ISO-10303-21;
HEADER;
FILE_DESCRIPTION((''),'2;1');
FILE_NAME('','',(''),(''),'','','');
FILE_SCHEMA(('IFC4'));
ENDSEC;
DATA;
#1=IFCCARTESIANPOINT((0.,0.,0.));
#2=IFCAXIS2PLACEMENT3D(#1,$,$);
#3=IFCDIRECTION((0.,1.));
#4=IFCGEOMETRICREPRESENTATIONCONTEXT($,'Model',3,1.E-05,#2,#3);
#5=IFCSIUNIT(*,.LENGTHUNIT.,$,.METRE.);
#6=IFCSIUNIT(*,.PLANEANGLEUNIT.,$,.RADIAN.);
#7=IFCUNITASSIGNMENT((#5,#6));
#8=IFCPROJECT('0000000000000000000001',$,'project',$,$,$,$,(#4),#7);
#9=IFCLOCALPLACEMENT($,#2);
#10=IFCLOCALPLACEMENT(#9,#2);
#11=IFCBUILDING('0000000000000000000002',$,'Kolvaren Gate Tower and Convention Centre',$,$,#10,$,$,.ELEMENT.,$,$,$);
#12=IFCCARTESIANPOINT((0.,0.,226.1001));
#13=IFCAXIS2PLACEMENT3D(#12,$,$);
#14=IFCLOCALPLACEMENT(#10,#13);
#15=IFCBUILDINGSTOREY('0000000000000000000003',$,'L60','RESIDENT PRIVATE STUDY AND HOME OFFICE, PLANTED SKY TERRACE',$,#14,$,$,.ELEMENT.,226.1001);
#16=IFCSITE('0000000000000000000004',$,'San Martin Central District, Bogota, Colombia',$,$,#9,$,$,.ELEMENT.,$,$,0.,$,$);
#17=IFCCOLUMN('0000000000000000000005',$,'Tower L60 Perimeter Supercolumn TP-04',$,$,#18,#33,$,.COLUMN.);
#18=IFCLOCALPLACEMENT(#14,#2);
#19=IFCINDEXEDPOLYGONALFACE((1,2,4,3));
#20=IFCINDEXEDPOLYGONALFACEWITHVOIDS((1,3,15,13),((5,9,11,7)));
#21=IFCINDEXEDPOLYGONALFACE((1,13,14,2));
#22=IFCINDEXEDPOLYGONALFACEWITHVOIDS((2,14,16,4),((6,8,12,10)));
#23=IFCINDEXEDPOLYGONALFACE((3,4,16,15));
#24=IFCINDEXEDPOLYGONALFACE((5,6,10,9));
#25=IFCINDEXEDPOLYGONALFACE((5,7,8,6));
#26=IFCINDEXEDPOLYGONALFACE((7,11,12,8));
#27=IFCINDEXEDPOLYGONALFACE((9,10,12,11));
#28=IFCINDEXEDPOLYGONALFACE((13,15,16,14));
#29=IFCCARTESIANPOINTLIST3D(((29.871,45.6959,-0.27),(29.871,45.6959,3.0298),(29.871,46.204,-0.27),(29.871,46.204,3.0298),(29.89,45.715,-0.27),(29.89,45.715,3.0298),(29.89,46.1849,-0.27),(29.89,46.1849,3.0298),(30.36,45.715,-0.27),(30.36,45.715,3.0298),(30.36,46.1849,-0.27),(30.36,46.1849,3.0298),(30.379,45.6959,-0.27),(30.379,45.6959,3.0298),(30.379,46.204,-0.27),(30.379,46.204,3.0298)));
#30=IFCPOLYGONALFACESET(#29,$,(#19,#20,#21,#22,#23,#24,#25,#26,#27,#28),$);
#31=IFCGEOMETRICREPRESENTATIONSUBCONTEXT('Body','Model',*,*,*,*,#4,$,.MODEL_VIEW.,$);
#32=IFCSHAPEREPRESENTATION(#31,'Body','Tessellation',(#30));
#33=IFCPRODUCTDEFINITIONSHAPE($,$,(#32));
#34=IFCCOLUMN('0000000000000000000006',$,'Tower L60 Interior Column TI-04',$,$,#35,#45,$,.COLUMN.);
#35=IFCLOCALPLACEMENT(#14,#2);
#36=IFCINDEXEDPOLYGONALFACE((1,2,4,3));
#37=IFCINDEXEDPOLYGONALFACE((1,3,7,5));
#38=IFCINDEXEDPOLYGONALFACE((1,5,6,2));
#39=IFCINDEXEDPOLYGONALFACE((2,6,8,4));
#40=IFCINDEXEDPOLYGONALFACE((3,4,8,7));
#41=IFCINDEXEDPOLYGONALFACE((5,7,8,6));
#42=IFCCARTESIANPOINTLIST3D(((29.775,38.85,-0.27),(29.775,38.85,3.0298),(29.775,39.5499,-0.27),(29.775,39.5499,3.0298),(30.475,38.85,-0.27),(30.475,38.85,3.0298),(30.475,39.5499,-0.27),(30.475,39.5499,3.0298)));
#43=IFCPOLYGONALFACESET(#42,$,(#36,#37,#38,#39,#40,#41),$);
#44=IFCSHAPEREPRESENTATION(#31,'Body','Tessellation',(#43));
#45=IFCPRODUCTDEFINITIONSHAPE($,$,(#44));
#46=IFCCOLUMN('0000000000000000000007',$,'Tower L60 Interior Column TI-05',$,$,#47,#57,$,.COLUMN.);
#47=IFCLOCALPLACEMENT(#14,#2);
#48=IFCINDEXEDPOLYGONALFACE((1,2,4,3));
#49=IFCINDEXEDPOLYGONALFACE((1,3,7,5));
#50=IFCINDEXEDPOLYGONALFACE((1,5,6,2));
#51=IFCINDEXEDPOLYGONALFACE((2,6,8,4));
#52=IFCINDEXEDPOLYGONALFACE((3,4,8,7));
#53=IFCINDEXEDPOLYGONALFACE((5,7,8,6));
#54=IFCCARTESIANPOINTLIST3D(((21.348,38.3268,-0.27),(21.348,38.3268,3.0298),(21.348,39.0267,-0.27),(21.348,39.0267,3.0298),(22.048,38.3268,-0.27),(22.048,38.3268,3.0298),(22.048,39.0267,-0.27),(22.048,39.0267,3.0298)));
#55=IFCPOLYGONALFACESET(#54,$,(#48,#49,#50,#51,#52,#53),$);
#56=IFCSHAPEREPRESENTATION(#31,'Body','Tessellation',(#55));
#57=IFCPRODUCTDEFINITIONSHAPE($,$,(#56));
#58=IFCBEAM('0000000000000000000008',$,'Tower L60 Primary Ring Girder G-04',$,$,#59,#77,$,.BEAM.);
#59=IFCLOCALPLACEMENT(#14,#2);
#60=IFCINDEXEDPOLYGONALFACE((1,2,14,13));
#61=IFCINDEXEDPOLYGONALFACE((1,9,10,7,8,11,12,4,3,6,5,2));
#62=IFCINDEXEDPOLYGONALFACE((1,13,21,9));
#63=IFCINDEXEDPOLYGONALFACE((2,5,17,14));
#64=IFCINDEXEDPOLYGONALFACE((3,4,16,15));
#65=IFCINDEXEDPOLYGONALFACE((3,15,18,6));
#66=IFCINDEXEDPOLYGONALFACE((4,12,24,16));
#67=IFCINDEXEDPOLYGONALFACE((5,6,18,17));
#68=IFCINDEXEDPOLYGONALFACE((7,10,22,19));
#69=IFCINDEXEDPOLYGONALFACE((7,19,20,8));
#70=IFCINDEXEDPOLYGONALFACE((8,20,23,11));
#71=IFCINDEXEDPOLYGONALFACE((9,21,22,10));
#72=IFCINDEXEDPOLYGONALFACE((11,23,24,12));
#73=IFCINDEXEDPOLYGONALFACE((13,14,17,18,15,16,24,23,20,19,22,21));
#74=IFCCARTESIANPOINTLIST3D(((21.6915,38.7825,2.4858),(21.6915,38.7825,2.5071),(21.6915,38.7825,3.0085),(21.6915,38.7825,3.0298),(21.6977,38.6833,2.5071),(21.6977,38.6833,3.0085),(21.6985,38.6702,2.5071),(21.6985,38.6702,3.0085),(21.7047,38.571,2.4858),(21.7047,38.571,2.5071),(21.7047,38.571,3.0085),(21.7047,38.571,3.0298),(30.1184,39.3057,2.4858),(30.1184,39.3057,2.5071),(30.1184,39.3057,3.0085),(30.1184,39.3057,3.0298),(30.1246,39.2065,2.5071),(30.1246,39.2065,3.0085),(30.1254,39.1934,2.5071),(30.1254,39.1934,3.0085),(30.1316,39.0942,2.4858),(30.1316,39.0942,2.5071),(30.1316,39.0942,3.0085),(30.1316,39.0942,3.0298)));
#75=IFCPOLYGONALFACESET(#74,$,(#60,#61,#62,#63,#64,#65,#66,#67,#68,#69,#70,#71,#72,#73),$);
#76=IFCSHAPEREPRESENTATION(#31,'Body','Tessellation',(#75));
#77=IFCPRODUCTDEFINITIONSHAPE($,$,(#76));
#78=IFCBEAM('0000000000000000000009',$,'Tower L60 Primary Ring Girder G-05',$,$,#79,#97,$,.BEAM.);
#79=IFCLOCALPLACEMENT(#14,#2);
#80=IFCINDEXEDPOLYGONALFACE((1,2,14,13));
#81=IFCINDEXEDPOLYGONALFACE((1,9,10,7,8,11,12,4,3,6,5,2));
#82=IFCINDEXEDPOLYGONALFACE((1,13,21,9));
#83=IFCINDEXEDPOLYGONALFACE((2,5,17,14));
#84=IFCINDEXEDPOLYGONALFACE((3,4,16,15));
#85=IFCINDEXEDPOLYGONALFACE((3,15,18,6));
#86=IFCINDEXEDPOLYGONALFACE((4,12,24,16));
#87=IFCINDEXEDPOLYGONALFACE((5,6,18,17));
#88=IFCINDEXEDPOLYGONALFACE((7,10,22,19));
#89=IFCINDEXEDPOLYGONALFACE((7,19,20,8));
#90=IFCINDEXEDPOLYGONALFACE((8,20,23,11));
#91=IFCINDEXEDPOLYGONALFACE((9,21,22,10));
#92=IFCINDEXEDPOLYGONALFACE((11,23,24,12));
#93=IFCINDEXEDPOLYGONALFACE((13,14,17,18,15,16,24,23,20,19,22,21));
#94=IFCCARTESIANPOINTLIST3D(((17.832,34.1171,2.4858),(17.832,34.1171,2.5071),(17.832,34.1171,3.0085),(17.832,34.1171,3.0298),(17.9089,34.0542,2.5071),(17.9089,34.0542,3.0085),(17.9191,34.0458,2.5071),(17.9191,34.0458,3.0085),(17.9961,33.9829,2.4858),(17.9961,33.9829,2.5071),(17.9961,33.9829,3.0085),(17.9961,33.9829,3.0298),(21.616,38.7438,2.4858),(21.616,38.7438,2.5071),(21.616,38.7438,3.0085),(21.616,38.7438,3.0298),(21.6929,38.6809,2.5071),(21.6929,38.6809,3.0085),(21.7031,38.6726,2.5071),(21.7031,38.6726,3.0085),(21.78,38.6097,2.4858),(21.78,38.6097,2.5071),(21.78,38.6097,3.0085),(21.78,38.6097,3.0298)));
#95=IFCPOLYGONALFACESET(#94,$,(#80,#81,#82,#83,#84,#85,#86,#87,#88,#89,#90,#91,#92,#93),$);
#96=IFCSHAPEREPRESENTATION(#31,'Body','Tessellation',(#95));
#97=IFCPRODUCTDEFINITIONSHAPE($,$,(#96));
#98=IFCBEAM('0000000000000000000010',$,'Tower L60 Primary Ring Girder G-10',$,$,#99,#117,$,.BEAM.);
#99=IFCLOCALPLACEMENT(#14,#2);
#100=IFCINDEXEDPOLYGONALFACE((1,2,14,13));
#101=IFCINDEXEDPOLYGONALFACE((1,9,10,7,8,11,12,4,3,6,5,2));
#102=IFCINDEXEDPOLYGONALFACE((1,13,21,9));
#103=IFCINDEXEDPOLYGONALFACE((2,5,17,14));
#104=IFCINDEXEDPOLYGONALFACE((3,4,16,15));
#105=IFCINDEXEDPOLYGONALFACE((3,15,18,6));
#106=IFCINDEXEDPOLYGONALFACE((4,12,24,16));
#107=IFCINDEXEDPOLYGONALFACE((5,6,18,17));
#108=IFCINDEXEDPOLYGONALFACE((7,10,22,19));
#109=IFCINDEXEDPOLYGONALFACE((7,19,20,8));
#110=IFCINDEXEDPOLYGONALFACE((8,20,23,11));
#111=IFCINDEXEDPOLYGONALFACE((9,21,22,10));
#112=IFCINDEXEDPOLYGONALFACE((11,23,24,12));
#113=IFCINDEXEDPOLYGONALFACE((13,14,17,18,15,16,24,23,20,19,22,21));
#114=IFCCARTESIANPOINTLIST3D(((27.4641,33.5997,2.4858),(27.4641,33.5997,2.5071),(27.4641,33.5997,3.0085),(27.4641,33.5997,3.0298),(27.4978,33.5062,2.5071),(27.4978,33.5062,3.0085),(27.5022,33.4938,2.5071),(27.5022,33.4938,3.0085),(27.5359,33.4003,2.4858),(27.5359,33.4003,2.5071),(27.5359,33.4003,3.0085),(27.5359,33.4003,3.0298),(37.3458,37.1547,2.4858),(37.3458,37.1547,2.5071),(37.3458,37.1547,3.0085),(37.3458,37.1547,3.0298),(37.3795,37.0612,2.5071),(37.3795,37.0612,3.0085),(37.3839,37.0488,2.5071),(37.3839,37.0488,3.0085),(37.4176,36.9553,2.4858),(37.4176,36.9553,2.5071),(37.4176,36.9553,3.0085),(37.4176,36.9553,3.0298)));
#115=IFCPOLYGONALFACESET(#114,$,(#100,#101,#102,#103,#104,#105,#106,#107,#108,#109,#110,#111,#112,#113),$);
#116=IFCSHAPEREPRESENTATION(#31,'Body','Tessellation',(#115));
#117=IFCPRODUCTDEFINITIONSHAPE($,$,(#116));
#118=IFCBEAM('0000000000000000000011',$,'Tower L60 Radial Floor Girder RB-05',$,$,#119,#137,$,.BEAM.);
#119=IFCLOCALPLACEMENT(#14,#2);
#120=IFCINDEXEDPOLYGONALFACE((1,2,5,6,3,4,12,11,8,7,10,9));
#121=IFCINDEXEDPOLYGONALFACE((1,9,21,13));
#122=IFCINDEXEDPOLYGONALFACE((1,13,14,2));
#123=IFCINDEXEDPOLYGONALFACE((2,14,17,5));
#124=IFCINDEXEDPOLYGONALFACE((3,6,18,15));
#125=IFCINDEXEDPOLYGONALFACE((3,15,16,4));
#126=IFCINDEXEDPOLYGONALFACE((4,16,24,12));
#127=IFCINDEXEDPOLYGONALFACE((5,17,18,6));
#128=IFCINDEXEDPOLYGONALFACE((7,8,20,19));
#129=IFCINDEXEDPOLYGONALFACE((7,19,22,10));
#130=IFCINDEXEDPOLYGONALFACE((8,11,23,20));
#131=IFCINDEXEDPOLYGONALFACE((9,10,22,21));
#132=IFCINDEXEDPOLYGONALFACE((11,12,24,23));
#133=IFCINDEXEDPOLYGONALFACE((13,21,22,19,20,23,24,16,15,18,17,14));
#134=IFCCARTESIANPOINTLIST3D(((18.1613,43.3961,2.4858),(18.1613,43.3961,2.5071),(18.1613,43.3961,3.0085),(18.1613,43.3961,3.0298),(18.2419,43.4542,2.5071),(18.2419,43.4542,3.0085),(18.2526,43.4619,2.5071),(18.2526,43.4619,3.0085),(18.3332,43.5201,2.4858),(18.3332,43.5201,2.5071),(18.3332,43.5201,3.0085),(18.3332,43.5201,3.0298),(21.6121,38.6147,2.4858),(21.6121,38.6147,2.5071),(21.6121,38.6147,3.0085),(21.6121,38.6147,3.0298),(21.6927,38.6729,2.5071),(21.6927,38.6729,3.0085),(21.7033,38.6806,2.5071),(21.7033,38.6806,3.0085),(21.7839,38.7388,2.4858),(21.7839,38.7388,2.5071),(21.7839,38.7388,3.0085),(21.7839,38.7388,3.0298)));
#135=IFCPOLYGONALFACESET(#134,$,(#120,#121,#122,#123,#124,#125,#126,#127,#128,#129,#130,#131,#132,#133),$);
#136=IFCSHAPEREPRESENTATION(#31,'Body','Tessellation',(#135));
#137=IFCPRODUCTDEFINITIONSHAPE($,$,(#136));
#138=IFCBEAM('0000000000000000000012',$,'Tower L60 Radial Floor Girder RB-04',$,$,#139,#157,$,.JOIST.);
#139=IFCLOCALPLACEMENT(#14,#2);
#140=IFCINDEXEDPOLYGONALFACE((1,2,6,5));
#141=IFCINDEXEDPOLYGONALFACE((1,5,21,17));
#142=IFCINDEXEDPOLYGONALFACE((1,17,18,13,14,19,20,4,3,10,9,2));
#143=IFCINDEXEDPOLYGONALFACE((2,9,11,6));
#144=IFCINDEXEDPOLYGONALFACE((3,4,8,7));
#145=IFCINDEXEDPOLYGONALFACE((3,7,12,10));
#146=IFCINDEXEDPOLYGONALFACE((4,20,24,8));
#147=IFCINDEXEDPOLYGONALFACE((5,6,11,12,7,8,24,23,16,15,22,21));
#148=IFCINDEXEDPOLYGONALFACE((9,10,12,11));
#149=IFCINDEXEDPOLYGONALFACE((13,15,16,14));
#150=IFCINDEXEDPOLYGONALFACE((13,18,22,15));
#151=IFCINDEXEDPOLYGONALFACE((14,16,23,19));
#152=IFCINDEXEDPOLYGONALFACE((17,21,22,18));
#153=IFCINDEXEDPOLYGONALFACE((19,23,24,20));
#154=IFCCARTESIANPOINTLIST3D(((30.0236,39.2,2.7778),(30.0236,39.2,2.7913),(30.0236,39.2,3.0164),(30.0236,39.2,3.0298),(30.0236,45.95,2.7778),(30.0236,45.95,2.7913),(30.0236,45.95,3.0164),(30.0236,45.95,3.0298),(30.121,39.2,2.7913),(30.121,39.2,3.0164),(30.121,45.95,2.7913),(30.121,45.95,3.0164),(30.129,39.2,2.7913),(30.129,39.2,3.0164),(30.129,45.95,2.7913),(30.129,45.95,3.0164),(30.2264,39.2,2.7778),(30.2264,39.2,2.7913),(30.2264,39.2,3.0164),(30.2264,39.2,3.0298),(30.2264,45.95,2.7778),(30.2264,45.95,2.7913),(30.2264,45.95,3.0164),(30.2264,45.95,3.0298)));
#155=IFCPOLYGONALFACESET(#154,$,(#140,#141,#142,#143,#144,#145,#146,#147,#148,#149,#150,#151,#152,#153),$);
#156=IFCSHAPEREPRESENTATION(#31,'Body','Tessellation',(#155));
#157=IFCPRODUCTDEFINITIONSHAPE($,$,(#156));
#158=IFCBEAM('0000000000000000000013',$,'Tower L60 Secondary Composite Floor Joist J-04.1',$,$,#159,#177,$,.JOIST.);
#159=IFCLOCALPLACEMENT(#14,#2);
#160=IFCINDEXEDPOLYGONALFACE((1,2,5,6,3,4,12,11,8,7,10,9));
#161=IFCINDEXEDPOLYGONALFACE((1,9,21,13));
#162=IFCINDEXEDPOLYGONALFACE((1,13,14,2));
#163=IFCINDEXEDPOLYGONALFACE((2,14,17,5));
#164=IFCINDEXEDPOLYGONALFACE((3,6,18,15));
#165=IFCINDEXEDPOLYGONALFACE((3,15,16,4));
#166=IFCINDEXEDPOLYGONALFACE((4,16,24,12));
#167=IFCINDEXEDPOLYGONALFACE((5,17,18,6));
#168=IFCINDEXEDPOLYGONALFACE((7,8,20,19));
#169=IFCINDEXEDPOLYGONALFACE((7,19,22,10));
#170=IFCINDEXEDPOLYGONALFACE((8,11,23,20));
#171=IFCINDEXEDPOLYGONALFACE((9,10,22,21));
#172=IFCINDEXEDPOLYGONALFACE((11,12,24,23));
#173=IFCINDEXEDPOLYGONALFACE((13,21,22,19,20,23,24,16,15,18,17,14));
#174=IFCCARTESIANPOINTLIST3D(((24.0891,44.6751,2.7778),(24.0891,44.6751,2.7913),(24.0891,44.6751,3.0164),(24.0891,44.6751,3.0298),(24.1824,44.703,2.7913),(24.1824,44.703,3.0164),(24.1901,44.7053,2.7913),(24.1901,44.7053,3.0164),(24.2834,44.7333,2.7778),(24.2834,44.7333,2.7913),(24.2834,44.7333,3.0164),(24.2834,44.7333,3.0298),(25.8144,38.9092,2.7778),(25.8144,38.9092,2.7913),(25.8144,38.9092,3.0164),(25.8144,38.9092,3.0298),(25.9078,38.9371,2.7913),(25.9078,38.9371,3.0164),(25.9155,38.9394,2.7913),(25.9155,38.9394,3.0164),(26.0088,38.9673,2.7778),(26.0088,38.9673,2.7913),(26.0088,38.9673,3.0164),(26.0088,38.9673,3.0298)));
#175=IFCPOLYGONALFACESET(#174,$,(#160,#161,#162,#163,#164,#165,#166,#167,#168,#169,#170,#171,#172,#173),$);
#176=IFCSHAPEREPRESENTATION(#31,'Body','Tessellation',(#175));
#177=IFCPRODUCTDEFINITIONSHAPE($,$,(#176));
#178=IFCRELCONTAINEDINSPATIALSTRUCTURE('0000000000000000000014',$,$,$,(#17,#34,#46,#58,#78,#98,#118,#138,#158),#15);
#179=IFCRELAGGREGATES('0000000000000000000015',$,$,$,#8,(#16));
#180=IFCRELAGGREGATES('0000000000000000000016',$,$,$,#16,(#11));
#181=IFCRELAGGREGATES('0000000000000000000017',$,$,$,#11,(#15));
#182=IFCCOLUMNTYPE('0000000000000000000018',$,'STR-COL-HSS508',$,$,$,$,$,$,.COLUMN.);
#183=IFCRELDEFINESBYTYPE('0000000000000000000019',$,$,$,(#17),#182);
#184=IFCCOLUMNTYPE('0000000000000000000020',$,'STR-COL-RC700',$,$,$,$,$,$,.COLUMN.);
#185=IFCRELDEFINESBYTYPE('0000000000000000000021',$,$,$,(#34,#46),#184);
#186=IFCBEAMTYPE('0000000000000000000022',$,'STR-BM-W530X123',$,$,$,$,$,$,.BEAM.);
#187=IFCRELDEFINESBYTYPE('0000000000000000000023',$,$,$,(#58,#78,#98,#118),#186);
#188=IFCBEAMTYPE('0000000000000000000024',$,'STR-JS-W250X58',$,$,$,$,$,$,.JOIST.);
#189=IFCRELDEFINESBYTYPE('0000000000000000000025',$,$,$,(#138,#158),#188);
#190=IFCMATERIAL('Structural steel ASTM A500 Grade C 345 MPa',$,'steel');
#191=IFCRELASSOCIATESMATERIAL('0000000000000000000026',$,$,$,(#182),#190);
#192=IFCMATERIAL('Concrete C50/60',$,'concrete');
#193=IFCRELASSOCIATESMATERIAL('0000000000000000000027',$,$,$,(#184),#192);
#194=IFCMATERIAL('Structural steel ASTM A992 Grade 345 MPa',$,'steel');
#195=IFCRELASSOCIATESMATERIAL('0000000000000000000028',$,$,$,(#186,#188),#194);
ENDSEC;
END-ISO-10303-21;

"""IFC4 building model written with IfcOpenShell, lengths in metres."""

from ifc_helpers import new_model, si_unit, direction, frame, origin, origin_2d, place, context, subcontext, project, spatial, rectangle, hollow_rectangle, i_section, extrude, material, material_profile, profile_set, type_object, element, save


model = new_model("IFC4")

# Units and contexts
model_context = context("Model", 3, precision=1e-05, world=origin(), true_north=direction((0.0, 1.0)))
body_context = subcontext(model_context, "Body", "Model", "MODEL_VIEW")
ifc_project = project(units=[si_unit("LENGTHUNIT", "METRE"), si_unit("PLANEANGLEUNIT", "RADIAN")], contexts=[model_context])

# Site, building, storey
site_placement = place(None, origin())
site = spatial("IfcSite", under=ifc_project, at=site_placement, Name="San Martin Central District, Bogota, Colombia", CompositionType="ELEMENT", RefElevation=0.0)
building_placement = place(site_placement, origin())
building = spatial("IfcBuilding", under=site, at=building_placement, Name="Kolvaren Gate Tower and Convention Centre", CompositionType="ELEMENT")
storey_placement = place(building_placement, frame((0.0, 0.0, 226.1001)))
storey = spatial("IfcBuildingStorey", under=building, at=storey_placement, Name="L60", Description="RESIDENT PRIVATE STUDY AND HOME OFFICE, PLANTED SKY TERRACE", CompositionType="ELEMENT", Elevation=226.1001)

# Columns
ifc_material_1 = material(Name="Structural steel ASTM A500 Grade C 345 MPa", Category="steel")
ifc_material_profile_1 = material_profile(ifc_material_1, hollow_rectangle(XDim=0.5081, YDim=0.5081, WallThickness=0.019, at=origin_2d()), Name="HSS508X508X19.1")
ifc_profile_set_1 = profile_set([ifc_material_profile_1], Name="Structural steel ASTM A500 Grade C 345 MPa")
column_type_1 = type_object("IfcColumnType", Name="STR-COL-HSS508", PredefinedType="COLUMN", material=ifc_profile_set_1)
column_placement = place(storey_placement, frame((30.125, 45.95, -0.27), z_axis=(0.0, 0.0, 1.0), x_axis=(1.0, 0.0, 0.0)))
element("IfcColumn", 1, at=column_placement, inside=storey, type_object=column_type_1, Name="Tower L60 Perimeter Supercolumn TP-04", PredefinedType="COLUMN", context=body_context, shape_type="SweptSolid", body=[
    extrude(hollow_rectangle(XDim=0.5081, YDim=0.5081, WallThickness=0.019, at=origin_2d()), origin(), (0.0, 0.0, 1.0), 3.2998),
])
ifc_material_2 = material(Name="Concrete C50/60", Category="concrete")
ifc_material_profile_2 = material_profile(ifc_material_2, rectangle(XDim=0.7, YDim=0.7, at=origin_2d()), Name="RC-COL-700X700")
ifc_profile_set_2 = profile_set([ifc_material_profile_2], Name="Concrete C50/60")
column_type_2 = type_object("IfcColumnType", Name="STR-COL-RC700", PredefinedType="COLUMN", material=ifc_profile_set_2)
for number, where, z_axis, x_axis, name in (
    (2, (30.125, 39.2, -0.27), (0.0, 0.0, 1.0), (1.0, 0.0, 0.0), "Tower L60 Interior Column TI-04"),
    (3, (21.698, 38.6768, -0.27), (0.0, 0.0, 1.0), (1.0, 0.0, 0.0), "Tower L60 Interior Column TI-05"),
):
    element("IfcColumn", number, at=place(storey_placement, frame(where, z_axis=z_axis, x_axis=x_axis)), inside=storey, type_object=column_type_2, Name=name, PredefinedType="COLUMN", context=body_context, shape_type="SweptSolid", body=[
        extrude(rectangle(XDim=0.7, YDim=0.7, at=origin_2d()), origin(), (0.0, 0.0, 1.0), 3.2998),
    ])

# Beams
ifc_material_3 = material(Name="Structural steel ASTM A992 Grade 345 MPa", Category="steel")
ifc_material_profile_3 = material_profile(ifc_material_3, i_section(OverallWidth=0.2119, OverallDepth=0.5439, WebThickness=0.0132, FlangeThickness=0.0212, at=origin_2d()), Name="W530X123")
ifc_profile_set_3 = profile_set([ifc_material_profile_3], Name="Structural steel ASTM A992 Grade 345 MPa")
beam_type_1 = type_object("IfcBeamType", Name="STR-BM-W530X123", PredefinedType="BEAM", material=ifc_profile_set_3)
beam_1_placement = place(storey_placement, frame((30.125, 39.2, 2.7578), z_axis=(-0.998078, -0.061966, 0.0), x_axis=(0.061966, -0.998078, 0.0)))
element("IfcBeam", 4, at=beam_1_placement, inside=storey, type_object=beam_type_1, Name="Tower L60 Primary Ring Girder G-04", PredefinedType="BEAM", context=body_context, shape_type="SweptSolid", body=[
    extrude(i_section(OverallWidth=0.2119, OverallDepth=0.5439, WebThickness=0.0132, FlangeThickness=0.0212, at=origin_2d()), origin(), (0.0, 0.0, 1.0), 8.4431),
])
beam_2_placement = place(storey_placement, frame((21.698, 38.6768, 2.7578), z_axis=(-0.633082, -0.774085, 0.0), x_axis=(0.774085, -0.633082, 0.0)))
element("IfcBeam", 5, at=beam_2_placement, inside=storey, type_object=beam_type_1, Name="Tower L60 Primary Ring Girder G-05", PredefinedType="BEAM", context=body_context, shape_type="SweptSolid", body=[
    extrude(i_section(OverallWidth=0.2119, OverallDepth=0.5439, WebThickness=0.0132, FlangeThickness=0.0212, at=origin_2d()), origin(), (0.0, 0.0, 1.0), 5.9771),
])
beam_3_placement = place(storey_placement, frame((27.5, 33.5, 2.7578), z_axis=(0.940961, 0.338514, 0.0), x_axis=(-0.338514, 0.940961, 0.0)))
element("IfcBeam", 6, at=beam_3_placement, inside=storey, type_object=beam_type_1, Name="Tower L60 Primary Ring Girder G-10", PredefinedType="BEAM", context=body_context, shape_type="SweptSolid", body=[
    extrude(i_section(OverallWidth=0.2119, OverallDepth=0.5439, WebThickness=0.0132, FlangeThickness=0.0212, at=origin_2d()), origin(), (0.0, 0.0, 1.0), 10.5017),
])
beam_4_placement = place(storey_placement, frame((21.698, 38.6768, 2.7578), z_axis=(-0.585218, 0.810876, 0.0), x_axis=(-0.810876, -0.585218, 0.0)))
element("IfcBeam", 7, at=beam_4_placement, inside=storey, type_object=beam_type_1, Name="Tower L60 Radial Floor Girder RB-05", PredefinedType="BEAM", context=body_context, shape_type="SweptSolid", body=[
    extrude(i_section(OverallWidth=0.2119, OverallDepth=0.5439, WebThickness=0.0132, FlangeThickness=0.0212, at=origin_2d()), origin(), (0.0, 0.0, 1.0), 5.8965),
])
ifc_material_profile_4 = material_profile(ifc_material_3, i_section(OverallWidth=0.2029, OverallDepth=0.252, WebThickness=0.0081, FlangeThickness=0.0134, at=origin_2d()), Name="W250X58")
ifc_profile_set_4 = profile_set([ifc_material_profile_4], Name="Structural steel ASTM A992 Grade 345 MPa")
beam_type_2 = type_object("IfcBeamType", Name="STR-JS-W250X58", PredefinedType="JOIST", material=ifc_profile_set_4)
beam_5_placement = place(storey_placement, frame((30.125, 39.2, 2.9038), z_axis=(0.0, 1.0, 0.0), x_axis=(-1.0, 0.0, 0.0)))
element("IfcBeam", 8, at=beam_5_placement, inside=storey, type_object=beam_type_2, Name="Tower L60 Radial Floor Girder RB-04", PredefinedType="JOIST", context=body_context, shape_type="SweptSolid", body=[
    extrude(i_section(OverallWidth=0.2029, OverallDepth=0.252, WebThickness=0.0081, FlangeThickness=0.0134, at=origin_2d()), origin(), (0.0, 0.0, 1.0), 6.75),
])
beam_6_placement = place(storey_placement, frame((25.9116, 38.9382, 2.9038), z_axis=(-0.286674, 0.958028, 0.0), x_axis=(-0.958028, -0.286674, 0.0)))
element("IfcBeam", 9, at=beam_6_placement, inside=storey, type_object=beam_type_2, Name="Tower L60 Secondary Composite Floor Joist J-04.1", PredefinedType="JOIST", context=body_context, shape_type="SweptSolid", body=[
    extrude(i_section(OverallWidth=0.2029, OverallDepth=0.252, WebThickness=0.0081, FlangeThickness=0.0134, at=origin_2d()), origin(), (0.0, 0.0, 1.0), 6.0186),
])

save(model, "model.ifc")
